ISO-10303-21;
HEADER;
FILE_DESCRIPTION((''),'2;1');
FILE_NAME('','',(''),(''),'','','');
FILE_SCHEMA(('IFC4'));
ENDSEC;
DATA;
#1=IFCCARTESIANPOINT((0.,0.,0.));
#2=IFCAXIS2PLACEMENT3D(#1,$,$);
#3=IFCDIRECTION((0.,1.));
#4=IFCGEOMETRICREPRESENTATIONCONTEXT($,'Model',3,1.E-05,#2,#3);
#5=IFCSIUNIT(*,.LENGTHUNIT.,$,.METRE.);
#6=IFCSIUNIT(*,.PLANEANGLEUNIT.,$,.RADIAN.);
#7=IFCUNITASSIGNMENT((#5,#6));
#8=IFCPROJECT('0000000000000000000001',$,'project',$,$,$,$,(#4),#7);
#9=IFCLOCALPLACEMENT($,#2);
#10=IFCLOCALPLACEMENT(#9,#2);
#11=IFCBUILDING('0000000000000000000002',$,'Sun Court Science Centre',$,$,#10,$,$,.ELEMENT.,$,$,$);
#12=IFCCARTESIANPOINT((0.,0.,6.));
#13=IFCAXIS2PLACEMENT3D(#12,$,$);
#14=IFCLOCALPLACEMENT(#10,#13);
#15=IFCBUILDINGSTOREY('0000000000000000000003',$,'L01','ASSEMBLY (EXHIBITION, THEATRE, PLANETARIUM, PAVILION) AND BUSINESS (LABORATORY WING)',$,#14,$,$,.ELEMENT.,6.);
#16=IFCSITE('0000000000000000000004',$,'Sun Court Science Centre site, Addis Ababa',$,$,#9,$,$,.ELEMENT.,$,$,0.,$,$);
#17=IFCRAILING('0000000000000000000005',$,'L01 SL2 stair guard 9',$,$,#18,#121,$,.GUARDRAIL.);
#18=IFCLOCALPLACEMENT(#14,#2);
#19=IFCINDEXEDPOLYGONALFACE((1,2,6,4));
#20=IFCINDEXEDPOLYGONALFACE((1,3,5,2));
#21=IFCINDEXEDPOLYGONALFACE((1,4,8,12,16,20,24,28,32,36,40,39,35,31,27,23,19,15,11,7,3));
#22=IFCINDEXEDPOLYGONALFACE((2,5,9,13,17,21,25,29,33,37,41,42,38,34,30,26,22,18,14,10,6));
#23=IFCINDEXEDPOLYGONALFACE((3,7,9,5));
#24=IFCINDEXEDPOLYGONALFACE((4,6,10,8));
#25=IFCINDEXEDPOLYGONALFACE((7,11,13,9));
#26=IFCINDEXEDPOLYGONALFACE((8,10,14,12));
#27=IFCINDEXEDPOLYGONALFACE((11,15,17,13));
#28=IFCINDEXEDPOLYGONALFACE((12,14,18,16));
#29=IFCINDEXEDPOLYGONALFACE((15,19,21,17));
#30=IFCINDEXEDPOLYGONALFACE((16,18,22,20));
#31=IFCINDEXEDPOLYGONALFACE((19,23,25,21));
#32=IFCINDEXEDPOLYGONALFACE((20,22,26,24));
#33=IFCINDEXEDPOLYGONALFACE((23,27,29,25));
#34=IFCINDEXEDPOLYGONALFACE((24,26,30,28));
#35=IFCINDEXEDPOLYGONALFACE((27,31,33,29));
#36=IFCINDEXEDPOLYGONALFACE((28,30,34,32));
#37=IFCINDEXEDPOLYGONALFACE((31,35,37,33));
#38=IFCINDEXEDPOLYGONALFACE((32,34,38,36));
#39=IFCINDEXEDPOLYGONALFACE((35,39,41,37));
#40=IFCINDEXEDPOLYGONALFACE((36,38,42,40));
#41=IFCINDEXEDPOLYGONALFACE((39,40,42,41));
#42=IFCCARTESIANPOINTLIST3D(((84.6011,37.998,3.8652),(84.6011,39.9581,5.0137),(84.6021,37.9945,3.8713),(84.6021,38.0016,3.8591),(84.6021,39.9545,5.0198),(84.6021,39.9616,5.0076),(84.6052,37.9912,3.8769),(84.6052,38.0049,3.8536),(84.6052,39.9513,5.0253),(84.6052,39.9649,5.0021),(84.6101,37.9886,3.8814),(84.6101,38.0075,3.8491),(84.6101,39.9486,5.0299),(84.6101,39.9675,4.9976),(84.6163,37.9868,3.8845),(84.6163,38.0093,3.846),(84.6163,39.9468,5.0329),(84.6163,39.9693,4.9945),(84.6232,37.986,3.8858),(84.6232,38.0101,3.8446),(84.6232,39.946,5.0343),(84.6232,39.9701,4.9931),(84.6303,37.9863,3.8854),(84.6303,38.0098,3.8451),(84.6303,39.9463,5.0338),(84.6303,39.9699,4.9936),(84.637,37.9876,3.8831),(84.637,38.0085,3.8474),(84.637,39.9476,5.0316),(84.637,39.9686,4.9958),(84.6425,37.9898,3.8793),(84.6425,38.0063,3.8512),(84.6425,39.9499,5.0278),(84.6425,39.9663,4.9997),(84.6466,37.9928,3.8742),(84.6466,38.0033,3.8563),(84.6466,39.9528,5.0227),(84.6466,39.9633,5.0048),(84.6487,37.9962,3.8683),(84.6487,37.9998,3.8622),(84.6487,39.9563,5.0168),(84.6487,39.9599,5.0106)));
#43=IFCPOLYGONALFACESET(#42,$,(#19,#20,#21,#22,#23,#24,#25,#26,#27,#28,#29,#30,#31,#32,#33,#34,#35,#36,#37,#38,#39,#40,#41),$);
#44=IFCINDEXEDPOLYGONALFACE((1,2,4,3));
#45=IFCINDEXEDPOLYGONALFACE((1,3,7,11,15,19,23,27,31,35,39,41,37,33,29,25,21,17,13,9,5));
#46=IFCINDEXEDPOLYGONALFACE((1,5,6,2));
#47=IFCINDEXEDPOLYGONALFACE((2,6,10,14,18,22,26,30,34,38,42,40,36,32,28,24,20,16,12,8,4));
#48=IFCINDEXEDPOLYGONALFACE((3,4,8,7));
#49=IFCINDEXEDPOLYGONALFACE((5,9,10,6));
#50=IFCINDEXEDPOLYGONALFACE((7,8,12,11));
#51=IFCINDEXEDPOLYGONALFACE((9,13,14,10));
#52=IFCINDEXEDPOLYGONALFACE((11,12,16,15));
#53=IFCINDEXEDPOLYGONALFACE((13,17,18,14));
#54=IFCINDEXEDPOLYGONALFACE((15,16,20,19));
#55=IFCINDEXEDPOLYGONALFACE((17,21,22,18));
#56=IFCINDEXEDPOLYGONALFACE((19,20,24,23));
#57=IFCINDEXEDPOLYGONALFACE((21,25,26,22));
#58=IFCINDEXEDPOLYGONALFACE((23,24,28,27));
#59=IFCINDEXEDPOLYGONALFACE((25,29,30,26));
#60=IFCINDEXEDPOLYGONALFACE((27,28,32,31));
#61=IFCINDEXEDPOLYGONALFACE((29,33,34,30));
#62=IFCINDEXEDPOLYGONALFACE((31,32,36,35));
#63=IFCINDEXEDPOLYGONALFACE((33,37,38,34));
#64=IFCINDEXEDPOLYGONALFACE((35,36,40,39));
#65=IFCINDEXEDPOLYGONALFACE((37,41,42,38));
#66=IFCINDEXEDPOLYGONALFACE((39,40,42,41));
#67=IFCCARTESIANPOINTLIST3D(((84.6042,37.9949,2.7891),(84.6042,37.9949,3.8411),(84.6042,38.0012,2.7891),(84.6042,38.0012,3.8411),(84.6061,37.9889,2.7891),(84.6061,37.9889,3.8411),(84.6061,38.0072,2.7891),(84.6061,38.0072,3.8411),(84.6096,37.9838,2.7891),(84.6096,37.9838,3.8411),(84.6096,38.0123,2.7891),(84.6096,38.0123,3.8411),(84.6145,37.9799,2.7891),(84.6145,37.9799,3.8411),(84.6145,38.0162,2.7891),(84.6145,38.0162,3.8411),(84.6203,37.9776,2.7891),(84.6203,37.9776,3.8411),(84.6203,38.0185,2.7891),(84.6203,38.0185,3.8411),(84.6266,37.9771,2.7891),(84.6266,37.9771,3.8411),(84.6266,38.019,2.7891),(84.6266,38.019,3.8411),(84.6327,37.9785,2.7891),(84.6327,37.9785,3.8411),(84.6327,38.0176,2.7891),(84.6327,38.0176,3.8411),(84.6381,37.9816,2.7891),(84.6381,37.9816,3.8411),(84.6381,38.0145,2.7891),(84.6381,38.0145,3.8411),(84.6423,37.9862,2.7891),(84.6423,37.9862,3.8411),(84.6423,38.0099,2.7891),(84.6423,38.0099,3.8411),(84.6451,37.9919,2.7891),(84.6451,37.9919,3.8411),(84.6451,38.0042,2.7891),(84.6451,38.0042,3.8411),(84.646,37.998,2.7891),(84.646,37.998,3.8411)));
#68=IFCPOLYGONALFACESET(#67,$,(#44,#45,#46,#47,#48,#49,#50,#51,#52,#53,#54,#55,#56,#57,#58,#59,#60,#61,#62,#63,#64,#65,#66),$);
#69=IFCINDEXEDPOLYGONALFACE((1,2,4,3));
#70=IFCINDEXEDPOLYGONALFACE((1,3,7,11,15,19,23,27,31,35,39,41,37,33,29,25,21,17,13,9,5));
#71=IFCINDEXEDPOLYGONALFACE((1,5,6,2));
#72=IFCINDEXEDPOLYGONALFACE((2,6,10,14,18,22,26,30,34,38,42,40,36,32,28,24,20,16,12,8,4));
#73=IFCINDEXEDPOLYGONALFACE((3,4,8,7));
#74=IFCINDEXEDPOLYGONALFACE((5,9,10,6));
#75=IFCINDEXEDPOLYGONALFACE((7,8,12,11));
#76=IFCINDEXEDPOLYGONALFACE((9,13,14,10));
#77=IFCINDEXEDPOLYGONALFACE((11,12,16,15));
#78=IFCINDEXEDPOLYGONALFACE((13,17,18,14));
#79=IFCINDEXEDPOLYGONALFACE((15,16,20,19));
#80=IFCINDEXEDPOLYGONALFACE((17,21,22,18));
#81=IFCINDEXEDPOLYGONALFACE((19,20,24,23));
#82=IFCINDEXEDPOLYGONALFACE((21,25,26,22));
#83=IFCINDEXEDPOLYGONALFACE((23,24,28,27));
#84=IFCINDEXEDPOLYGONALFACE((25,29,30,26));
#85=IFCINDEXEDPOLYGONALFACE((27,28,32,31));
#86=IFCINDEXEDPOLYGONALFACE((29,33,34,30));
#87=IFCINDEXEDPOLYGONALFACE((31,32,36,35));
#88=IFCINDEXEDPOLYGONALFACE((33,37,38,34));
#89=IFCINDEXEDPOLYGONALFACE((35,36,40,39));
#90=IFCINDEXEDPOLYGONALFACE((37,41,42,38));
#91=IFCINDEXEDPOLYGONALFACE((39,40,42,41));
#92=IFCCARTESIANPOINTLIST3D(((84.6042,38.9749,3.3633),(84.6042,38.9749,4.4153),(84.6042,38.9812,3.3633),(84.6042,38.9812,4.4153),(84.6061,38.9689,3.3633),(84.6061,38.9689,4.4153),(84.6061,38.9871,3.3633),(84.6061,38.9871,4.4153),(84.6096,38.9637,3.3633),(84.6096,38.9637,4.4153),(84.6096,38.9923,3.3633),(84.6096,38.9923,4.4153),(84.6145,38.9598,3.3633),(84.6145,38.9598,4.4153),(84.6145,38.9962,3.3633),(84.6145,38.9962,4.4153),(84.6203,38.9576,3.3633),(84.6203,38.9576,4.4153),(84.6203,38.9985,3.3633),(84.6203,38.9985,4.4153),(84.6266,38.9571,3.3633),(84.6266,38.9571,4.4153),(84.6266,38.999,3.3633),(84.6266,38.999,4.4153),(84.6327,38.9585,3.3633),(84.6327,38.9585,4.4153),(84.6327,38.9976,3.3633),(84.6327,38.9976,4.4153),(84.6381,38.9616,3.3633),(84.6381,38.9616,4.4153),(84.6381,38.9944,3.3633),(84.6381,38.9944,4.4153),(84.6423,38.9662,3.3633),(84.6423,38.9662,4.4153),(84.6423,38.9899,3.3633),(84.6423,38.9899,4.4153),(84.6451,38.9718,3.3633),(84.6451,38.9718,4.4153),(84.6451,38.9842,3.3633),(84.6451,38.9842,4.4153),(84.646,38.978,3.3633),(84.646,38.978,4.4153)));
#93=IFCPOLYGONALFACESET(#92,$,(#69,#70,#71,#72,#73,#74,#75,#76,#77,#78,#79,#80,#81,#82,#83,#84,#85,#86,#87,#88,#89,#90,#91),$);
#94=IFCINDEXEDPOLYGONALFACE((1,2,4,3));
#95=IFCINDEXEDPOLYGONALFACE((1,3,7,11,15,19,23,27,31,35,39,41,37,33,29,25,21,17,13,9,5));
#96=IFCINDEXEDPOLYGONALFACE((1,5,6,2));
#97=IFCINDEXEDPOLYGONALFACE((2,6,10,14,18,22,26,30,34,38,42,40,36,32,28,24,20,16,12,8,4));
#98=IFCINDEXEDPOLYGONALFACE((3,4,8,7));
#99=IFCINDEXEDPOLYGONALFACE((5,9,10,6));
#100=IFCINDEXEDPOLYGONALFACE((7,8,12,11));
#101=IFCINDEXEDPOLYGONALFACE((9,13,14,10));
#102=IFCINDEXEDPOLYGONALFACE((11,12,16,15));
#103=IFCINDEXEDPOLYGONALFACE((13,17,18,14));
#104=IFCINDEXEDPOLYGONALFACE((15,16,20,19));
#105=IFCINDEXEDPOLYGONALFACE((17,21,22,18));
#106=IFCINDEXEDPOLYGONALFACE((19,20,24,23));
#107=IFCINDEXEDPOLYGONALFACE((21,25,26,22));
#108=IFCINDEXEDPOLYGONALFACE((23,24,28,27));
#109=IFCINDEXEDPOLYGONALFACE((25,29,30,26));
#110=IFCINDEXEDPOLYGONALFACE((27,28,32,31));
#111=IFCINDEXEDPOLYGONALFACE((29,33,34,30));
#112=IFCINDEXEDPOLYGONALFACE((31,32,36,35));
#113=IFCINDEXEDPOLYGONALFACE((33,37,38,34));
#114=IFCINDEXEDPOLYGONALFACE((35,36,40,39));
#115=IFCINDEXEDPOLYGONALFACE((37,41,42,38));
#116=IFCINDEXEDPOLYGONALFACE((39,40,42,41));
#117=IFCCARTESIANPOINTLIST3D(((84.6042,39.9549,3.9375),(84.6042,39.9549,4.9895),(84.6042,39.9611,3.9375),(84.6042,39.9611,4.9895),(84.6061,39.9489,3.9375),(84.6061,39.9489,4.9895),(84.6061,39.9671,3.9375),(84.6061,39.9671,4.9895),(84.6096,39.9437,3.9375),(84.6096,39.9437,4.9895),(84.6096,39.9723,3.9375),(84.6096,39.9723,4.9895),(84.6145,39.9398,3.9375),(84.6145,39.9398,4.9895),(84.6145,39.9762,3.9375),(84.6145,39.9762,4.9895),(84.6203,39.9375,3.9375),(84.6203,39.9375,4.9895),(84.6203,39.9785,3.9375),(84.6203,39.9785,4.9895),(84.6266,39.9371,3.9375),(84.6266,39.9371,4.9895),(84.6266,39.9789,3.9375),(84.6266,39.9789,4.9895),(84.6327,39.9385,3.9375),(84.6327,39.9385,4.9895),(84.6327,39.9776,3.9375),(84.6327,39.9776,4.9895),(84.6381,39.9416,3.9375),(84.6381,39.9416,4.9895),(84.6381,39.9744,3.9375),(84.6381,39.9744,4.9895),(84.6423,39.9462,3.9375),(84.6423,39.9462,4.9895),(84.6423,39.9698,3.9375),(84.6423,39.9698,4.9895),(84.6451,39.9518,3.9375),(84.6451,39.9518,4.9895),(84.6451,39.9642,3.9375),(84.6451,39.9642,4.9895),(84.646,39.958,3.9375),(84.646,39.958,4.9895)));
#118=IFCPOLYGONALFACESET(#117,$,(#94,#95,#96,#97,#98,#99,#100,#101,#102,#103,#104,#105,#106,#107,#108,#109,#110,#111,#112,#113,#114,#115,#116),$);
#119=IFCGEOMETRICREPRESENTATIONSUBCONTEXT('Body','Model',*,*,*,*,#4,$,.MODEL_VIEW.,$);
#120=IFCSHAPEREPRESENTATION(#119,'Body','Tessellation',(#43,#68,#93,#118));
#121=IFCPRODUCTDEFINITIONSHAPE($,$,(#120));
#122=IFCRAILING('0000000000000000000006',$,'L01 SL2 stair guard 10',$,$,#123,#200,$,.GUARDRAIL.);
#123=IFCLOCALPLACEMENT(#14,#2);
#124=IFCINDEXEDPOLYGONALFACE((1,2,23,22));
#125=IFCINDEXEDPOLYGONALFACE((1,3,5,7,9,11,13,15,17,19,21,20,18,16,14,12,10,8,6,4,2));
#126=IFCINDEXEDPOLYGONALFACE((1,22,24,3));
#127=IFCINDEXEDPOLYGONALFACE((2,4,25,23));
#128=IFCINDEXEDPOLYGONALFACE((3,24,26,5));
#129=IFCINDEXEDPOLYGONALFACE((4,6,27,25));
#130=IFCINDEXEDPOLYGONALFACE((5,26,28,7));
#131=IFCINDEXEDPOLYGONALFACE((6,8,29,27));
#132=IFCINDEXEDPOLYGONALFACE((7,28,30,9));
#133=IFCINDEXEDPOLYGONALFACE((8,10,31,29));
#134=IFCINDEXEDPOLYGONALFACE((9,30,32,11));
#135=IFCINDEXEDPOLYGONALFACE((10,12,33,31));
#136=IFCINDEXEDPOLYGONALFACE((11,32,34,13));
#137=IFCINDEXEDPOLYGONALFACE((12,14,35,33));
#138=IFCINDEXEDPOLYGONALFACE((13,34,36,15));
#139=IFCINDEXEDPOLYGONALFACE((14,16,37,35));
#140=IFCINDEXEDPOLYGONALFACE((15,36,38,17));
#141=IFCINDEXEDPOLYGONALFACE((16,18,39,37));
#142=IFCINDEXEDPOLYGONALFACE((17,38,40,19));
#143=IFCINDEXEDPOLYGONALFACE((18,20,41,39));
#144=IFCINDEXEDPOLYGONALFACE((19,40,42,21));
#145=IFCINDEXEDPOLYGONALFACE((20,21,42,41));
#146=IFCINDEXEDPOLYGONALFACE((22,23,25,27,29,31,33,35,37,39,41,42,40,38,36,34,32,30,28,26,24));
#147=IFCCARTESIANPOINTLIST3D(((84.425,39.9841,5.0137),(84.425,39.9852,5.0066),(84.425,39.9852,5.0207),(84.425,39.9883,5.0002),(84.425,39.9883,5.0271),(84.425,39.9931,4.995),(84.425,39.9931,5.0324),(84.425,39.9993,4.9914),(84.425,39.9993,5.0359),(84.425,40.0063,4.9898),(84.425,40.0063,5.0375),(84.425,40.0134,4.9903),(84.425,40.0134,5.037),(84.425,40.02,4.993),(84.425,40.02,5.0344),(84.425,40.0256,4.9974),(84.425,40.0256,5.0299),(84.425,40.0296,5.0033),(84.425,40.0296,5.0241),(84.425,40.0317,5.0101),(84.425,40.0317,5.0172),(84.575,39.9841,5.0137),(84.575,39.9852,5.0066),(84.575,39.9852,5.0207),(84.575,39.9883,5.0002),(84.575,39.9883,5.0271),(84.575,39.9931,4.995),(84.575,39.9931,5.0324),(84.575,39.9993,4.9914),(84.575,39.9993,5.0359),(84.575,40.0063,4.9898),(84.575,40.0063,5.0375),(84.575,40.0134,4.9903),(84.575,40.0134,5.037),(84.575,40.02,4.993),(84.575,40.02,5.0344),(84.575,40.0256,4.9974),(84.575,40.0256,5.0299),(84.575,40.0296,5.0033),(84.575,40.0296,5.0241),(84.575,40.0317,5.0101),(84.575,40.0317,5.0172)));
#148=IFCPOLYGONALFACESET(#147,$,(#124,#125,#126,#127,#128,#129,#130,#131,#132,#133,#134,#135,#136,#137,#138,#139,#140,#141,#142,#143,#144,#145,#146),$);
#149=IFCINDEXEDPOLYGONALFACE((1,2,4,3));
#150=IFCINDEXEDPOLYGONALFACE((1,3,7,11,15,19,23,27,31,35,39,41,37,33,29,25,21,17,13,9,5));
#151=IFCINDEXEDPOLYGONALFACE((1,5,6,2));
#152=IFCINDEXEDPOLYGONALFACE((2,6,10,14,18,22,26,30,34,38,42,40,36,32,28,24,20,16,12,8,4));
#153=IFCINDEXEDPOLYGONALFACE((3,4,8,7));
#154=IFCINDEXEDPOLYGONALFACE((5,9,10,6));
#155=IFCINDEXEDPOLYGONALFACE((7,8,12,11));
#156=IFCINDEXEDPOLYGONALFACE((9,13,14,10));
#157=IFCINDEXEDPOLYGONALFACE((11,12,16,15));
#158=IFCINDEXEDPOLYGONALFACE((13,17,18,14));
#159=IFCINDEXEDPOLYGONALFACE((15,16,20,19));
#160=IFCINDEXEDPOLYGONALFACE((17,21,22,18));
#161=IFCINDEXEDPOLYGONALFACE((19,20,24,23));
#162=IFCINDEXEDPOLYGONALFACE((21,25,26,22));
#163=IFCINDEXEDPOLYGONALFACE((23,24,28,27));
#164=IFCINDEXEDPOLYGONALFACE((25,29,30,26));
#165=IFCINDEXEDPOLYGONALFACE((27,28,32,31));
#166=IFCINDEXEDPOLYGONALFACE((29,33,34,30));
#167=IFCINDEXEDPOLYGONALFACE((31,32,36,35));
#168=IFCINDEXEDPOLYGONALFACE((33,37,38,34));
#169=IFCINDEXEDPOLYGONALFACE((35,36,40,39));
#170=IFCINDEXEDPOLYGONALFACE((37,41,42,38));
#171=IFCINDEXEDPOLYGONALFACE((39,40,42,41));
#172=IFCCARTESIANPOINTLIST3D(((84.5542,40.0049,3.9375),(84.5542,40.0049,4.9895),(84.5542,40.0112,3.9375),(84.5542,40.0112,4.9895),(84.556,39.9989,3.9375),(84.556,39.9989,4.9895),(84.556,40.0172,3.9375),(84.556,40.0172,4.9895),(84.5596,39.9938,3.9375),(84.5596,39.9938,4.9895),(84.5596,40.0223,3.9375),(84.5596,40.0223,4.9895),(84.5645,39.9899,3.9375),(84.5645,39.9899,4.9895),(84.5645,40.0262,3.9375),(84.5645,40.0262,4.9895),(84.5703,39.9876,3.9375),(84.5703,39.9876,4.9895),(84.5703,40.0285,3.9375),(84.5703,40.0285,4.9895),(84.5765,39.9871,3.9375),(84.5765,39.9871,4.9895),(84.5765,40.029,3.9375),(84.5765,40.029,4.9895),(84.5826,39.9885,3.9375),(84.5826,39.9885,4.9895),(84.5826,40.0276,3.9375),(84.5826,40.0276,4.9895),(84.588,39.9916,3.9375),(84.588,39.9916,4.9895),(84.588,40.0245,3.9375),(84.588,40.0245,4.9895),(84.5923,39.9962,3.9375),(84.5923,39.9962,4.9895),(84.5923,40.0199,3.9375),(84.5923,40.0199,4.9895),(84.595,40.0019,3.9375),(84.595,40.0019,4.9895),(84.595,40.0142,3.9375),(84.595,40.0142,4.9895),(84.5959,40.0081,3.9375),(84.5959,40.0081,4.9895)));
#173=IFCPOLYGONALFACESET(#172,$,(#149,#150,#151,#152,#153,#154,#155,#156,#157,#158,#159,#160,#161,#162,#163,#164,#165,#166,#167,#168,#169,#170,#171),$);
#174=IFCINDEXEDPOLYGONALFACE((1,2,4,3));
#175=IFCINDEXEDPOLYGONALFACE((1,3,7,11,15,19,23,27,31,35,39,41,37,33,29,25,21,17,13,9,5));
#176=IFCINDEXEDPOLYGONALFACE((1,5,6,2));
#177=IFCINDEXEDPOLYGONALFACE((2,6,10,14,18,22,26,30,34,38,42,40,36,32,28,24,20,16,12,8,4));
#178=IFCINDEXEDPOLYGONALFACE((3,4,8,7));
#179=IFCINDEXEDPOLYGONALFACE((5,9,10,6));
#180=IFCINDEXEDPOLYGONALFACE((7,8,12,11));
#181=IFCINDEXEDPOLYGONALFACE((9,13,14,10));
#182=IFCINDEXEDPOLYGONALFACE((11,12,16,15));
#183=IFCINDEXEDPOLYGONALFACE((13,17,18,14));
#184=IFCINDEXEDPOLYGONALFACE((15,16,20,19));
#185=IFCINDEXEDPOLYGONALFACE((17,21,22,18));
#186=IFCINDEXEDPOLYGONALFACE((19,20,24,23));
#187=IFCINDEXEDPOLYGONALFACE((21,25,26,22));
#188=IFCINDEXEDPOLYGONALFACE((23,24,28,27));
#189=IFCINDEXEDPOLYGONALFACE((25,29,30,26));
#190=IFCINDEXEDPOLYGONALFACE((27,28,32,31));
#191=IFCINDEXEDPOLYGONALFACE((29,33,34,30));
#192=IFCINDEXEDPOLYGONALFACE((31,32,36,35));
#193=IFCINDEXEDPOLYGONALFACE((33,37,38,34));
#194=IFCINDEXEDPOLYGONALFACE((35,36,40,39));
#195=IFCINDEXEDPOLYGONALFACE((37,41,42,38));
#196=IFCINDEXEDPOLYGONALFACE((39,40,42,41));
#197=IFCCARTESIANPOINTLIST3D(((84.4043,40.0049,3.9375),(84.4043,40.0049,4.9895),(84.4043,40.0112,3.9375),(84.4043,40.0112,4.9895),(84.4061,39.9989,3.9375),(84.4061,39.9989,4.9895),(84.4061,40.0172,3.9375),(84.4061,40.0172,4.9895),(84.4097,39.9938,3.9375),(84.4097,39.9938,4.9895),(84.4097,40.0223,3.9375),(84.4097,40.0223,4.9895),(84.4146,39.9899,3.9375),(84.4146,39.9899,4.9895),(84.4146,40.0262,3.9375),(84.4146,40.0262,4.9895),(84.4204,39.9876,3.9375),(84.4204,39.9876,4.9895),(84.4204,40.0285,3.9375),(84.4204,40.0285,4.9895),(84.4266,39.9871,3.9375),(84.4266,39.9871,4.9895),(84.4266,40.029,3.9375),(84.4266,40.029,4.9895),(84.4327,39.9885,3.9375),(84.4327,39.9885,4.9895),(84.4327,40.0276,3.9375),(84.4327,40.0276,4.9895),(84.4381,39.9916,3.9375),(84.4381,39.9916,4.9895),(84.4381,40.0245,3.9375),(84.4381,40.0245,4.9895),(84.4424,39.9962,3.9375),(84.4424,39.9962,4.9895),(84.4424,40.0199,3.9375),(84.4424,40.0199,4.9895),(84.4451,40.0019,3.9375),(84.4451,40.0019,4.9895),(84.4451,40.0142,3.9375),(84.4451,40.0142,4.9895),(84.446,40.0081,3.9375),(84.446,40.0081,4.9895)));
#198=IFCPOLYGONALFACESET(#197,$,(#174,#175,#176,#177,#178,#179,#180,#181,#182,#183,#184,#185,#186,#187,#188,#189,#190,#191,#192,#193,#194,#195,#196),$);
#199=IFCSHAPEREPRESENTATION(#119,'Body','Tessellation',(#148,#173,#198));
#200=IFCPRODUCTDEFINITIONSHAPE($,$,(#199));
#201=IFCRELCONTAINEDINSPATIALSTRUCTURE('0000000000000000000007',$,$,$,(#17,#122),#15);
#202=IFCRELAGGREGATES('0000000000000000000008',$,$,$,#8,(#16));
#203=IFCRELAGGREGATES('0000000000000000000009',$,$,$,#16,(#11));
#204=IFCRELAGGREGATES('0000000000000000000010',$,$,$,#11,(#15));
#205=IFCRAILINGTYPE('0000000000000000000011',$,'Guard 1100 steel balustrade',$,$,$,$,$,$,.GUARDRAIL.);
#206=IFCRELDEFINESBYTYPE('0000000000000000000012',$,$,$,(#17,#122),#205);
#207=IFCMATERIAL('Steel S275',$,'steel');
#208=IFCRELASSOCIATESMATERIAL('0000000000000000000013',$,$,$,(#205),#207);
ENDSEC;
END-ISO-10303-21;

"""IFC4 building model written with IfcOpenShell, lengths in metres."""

from ifc_helpers import new_model, si_unit, direction, frame, origin, origin_2d, place, context, subcontext, project, spatial, circle, extrude, material, type_object, element, save


model = new_model("IFC4")

# Units and contexts
model_context = context("Model", 3, precision=1e-05, world=origin(), true_north=direction((0.0, 1.0)))
body_context = subcontext(model_context, "Body", "Model", "MODEL_VIEW")
ifc_project = project(units=[si_unit("LENGTHUNIT", "METRE"), si_unit("PLANEANGLEUNIT", "RADIAN")], contexts=[model_context])

# Site, building, storey
site_placement = place(None, origin())
site = spatial("IfcSite", under=ifc_project, at=site_placement, Name="Sun Court Science Centre site, Addis Ababa", CompositionType="ELEMENT", RefElevation=0.0)
building_placement = place(site_placement, origin())
building = spatial("IfcBuilding", under=site, at=building_placement, Name="Sun Court Science Centre", CompositionType="ELEMENT")
storey_placement = place(building_placement, frame((0.0, 0.0, 6.0)))
storey = spatial("IfcBuildingStorey", under=building, at=storey_placement, Name="L01", Description="ASSEMBLY (EXHIBITION, THEATRE, PLANETARIUM, PAVILION) AND BUSINESS (LABORATORY WING)", CompositionType="ELEMENT", Elevation=6.0)

# Railings
ifc_material_1 = material(Name="Steel S275", Category="steel")
railing_type_1 = type_object("IfcRailingType", Name="Guard 1100 steel balustrade", PredefinedType="GUARDRAIL", material=ifc_material_1)
railing_1_placement = place(storey_placement, frame((84.625, 37.998, 2.7891)))
element("IfcRailing", 1, at=railing_1_placement, inside=storey, type_object=railing_type_1, Name="L01 SL2 stair guard 9", PredefinedType="GUARDRAIL", context=body_context, shape_type="SweptSolid", body=[
    extrude(circle(Radius=0.0239, at=origin_2d()), frame((0.0, 0.0, 1.0762), z_axis=(0.0, 0.862795, 0.505554), x_axis=(-1.0, 0.0, 0.0)), (0.0, 0.0, 1.0), 2.2717),
    extrude(circle(Radius=0.021, at=origin_2d()), origin(), (0.0, 0.0, 1.0), 1.052),
    extrude(circle(Radius=0.021, at=origin_2d()), frame((0.0, 0.98, 0.5742)), (0.0, 0.0, 1.0), 1.052),
    extrude(circle(Radius=0.021, at=origin_2d()), frame((0.0, 1.96, 1.1484)), (0.0, 0.0, 1.0), 1.052),
])
railing_2_placement = place(storey_placement, frame((84.575, 40.0081, 3.9375)))
element("IfcRailing", 2, at=railing_2_placement, inside=storey, type_object=railing_type_1, Name="L01 SL2 stair guard 10", PredefinedType="GUARDRAIL", context=body_context, shape_type="SweptSolid", body=[
    extrude(circle(Radius=0.0239, at=origin_2d()), frame((0.0, 0.0, 1.0762), z_axis=(-1.0, 0.0, 0.0), x_axis=(0.0, -1.0, 0.0)), (0.0, 0.0, 1.0), 0.1499),
    extrude(circle(Radius=0.021, at=origin_2d()), origin(), (0.0, 0.0, 1.0), 1.052),
    extrude(circle(Radius=0.021, at=origin_2d()), frame((-0.1499, 0.0, 0.0)), (0.0, 0.0, 1.0), 1.052),
])

save(model, "model.ifc")
